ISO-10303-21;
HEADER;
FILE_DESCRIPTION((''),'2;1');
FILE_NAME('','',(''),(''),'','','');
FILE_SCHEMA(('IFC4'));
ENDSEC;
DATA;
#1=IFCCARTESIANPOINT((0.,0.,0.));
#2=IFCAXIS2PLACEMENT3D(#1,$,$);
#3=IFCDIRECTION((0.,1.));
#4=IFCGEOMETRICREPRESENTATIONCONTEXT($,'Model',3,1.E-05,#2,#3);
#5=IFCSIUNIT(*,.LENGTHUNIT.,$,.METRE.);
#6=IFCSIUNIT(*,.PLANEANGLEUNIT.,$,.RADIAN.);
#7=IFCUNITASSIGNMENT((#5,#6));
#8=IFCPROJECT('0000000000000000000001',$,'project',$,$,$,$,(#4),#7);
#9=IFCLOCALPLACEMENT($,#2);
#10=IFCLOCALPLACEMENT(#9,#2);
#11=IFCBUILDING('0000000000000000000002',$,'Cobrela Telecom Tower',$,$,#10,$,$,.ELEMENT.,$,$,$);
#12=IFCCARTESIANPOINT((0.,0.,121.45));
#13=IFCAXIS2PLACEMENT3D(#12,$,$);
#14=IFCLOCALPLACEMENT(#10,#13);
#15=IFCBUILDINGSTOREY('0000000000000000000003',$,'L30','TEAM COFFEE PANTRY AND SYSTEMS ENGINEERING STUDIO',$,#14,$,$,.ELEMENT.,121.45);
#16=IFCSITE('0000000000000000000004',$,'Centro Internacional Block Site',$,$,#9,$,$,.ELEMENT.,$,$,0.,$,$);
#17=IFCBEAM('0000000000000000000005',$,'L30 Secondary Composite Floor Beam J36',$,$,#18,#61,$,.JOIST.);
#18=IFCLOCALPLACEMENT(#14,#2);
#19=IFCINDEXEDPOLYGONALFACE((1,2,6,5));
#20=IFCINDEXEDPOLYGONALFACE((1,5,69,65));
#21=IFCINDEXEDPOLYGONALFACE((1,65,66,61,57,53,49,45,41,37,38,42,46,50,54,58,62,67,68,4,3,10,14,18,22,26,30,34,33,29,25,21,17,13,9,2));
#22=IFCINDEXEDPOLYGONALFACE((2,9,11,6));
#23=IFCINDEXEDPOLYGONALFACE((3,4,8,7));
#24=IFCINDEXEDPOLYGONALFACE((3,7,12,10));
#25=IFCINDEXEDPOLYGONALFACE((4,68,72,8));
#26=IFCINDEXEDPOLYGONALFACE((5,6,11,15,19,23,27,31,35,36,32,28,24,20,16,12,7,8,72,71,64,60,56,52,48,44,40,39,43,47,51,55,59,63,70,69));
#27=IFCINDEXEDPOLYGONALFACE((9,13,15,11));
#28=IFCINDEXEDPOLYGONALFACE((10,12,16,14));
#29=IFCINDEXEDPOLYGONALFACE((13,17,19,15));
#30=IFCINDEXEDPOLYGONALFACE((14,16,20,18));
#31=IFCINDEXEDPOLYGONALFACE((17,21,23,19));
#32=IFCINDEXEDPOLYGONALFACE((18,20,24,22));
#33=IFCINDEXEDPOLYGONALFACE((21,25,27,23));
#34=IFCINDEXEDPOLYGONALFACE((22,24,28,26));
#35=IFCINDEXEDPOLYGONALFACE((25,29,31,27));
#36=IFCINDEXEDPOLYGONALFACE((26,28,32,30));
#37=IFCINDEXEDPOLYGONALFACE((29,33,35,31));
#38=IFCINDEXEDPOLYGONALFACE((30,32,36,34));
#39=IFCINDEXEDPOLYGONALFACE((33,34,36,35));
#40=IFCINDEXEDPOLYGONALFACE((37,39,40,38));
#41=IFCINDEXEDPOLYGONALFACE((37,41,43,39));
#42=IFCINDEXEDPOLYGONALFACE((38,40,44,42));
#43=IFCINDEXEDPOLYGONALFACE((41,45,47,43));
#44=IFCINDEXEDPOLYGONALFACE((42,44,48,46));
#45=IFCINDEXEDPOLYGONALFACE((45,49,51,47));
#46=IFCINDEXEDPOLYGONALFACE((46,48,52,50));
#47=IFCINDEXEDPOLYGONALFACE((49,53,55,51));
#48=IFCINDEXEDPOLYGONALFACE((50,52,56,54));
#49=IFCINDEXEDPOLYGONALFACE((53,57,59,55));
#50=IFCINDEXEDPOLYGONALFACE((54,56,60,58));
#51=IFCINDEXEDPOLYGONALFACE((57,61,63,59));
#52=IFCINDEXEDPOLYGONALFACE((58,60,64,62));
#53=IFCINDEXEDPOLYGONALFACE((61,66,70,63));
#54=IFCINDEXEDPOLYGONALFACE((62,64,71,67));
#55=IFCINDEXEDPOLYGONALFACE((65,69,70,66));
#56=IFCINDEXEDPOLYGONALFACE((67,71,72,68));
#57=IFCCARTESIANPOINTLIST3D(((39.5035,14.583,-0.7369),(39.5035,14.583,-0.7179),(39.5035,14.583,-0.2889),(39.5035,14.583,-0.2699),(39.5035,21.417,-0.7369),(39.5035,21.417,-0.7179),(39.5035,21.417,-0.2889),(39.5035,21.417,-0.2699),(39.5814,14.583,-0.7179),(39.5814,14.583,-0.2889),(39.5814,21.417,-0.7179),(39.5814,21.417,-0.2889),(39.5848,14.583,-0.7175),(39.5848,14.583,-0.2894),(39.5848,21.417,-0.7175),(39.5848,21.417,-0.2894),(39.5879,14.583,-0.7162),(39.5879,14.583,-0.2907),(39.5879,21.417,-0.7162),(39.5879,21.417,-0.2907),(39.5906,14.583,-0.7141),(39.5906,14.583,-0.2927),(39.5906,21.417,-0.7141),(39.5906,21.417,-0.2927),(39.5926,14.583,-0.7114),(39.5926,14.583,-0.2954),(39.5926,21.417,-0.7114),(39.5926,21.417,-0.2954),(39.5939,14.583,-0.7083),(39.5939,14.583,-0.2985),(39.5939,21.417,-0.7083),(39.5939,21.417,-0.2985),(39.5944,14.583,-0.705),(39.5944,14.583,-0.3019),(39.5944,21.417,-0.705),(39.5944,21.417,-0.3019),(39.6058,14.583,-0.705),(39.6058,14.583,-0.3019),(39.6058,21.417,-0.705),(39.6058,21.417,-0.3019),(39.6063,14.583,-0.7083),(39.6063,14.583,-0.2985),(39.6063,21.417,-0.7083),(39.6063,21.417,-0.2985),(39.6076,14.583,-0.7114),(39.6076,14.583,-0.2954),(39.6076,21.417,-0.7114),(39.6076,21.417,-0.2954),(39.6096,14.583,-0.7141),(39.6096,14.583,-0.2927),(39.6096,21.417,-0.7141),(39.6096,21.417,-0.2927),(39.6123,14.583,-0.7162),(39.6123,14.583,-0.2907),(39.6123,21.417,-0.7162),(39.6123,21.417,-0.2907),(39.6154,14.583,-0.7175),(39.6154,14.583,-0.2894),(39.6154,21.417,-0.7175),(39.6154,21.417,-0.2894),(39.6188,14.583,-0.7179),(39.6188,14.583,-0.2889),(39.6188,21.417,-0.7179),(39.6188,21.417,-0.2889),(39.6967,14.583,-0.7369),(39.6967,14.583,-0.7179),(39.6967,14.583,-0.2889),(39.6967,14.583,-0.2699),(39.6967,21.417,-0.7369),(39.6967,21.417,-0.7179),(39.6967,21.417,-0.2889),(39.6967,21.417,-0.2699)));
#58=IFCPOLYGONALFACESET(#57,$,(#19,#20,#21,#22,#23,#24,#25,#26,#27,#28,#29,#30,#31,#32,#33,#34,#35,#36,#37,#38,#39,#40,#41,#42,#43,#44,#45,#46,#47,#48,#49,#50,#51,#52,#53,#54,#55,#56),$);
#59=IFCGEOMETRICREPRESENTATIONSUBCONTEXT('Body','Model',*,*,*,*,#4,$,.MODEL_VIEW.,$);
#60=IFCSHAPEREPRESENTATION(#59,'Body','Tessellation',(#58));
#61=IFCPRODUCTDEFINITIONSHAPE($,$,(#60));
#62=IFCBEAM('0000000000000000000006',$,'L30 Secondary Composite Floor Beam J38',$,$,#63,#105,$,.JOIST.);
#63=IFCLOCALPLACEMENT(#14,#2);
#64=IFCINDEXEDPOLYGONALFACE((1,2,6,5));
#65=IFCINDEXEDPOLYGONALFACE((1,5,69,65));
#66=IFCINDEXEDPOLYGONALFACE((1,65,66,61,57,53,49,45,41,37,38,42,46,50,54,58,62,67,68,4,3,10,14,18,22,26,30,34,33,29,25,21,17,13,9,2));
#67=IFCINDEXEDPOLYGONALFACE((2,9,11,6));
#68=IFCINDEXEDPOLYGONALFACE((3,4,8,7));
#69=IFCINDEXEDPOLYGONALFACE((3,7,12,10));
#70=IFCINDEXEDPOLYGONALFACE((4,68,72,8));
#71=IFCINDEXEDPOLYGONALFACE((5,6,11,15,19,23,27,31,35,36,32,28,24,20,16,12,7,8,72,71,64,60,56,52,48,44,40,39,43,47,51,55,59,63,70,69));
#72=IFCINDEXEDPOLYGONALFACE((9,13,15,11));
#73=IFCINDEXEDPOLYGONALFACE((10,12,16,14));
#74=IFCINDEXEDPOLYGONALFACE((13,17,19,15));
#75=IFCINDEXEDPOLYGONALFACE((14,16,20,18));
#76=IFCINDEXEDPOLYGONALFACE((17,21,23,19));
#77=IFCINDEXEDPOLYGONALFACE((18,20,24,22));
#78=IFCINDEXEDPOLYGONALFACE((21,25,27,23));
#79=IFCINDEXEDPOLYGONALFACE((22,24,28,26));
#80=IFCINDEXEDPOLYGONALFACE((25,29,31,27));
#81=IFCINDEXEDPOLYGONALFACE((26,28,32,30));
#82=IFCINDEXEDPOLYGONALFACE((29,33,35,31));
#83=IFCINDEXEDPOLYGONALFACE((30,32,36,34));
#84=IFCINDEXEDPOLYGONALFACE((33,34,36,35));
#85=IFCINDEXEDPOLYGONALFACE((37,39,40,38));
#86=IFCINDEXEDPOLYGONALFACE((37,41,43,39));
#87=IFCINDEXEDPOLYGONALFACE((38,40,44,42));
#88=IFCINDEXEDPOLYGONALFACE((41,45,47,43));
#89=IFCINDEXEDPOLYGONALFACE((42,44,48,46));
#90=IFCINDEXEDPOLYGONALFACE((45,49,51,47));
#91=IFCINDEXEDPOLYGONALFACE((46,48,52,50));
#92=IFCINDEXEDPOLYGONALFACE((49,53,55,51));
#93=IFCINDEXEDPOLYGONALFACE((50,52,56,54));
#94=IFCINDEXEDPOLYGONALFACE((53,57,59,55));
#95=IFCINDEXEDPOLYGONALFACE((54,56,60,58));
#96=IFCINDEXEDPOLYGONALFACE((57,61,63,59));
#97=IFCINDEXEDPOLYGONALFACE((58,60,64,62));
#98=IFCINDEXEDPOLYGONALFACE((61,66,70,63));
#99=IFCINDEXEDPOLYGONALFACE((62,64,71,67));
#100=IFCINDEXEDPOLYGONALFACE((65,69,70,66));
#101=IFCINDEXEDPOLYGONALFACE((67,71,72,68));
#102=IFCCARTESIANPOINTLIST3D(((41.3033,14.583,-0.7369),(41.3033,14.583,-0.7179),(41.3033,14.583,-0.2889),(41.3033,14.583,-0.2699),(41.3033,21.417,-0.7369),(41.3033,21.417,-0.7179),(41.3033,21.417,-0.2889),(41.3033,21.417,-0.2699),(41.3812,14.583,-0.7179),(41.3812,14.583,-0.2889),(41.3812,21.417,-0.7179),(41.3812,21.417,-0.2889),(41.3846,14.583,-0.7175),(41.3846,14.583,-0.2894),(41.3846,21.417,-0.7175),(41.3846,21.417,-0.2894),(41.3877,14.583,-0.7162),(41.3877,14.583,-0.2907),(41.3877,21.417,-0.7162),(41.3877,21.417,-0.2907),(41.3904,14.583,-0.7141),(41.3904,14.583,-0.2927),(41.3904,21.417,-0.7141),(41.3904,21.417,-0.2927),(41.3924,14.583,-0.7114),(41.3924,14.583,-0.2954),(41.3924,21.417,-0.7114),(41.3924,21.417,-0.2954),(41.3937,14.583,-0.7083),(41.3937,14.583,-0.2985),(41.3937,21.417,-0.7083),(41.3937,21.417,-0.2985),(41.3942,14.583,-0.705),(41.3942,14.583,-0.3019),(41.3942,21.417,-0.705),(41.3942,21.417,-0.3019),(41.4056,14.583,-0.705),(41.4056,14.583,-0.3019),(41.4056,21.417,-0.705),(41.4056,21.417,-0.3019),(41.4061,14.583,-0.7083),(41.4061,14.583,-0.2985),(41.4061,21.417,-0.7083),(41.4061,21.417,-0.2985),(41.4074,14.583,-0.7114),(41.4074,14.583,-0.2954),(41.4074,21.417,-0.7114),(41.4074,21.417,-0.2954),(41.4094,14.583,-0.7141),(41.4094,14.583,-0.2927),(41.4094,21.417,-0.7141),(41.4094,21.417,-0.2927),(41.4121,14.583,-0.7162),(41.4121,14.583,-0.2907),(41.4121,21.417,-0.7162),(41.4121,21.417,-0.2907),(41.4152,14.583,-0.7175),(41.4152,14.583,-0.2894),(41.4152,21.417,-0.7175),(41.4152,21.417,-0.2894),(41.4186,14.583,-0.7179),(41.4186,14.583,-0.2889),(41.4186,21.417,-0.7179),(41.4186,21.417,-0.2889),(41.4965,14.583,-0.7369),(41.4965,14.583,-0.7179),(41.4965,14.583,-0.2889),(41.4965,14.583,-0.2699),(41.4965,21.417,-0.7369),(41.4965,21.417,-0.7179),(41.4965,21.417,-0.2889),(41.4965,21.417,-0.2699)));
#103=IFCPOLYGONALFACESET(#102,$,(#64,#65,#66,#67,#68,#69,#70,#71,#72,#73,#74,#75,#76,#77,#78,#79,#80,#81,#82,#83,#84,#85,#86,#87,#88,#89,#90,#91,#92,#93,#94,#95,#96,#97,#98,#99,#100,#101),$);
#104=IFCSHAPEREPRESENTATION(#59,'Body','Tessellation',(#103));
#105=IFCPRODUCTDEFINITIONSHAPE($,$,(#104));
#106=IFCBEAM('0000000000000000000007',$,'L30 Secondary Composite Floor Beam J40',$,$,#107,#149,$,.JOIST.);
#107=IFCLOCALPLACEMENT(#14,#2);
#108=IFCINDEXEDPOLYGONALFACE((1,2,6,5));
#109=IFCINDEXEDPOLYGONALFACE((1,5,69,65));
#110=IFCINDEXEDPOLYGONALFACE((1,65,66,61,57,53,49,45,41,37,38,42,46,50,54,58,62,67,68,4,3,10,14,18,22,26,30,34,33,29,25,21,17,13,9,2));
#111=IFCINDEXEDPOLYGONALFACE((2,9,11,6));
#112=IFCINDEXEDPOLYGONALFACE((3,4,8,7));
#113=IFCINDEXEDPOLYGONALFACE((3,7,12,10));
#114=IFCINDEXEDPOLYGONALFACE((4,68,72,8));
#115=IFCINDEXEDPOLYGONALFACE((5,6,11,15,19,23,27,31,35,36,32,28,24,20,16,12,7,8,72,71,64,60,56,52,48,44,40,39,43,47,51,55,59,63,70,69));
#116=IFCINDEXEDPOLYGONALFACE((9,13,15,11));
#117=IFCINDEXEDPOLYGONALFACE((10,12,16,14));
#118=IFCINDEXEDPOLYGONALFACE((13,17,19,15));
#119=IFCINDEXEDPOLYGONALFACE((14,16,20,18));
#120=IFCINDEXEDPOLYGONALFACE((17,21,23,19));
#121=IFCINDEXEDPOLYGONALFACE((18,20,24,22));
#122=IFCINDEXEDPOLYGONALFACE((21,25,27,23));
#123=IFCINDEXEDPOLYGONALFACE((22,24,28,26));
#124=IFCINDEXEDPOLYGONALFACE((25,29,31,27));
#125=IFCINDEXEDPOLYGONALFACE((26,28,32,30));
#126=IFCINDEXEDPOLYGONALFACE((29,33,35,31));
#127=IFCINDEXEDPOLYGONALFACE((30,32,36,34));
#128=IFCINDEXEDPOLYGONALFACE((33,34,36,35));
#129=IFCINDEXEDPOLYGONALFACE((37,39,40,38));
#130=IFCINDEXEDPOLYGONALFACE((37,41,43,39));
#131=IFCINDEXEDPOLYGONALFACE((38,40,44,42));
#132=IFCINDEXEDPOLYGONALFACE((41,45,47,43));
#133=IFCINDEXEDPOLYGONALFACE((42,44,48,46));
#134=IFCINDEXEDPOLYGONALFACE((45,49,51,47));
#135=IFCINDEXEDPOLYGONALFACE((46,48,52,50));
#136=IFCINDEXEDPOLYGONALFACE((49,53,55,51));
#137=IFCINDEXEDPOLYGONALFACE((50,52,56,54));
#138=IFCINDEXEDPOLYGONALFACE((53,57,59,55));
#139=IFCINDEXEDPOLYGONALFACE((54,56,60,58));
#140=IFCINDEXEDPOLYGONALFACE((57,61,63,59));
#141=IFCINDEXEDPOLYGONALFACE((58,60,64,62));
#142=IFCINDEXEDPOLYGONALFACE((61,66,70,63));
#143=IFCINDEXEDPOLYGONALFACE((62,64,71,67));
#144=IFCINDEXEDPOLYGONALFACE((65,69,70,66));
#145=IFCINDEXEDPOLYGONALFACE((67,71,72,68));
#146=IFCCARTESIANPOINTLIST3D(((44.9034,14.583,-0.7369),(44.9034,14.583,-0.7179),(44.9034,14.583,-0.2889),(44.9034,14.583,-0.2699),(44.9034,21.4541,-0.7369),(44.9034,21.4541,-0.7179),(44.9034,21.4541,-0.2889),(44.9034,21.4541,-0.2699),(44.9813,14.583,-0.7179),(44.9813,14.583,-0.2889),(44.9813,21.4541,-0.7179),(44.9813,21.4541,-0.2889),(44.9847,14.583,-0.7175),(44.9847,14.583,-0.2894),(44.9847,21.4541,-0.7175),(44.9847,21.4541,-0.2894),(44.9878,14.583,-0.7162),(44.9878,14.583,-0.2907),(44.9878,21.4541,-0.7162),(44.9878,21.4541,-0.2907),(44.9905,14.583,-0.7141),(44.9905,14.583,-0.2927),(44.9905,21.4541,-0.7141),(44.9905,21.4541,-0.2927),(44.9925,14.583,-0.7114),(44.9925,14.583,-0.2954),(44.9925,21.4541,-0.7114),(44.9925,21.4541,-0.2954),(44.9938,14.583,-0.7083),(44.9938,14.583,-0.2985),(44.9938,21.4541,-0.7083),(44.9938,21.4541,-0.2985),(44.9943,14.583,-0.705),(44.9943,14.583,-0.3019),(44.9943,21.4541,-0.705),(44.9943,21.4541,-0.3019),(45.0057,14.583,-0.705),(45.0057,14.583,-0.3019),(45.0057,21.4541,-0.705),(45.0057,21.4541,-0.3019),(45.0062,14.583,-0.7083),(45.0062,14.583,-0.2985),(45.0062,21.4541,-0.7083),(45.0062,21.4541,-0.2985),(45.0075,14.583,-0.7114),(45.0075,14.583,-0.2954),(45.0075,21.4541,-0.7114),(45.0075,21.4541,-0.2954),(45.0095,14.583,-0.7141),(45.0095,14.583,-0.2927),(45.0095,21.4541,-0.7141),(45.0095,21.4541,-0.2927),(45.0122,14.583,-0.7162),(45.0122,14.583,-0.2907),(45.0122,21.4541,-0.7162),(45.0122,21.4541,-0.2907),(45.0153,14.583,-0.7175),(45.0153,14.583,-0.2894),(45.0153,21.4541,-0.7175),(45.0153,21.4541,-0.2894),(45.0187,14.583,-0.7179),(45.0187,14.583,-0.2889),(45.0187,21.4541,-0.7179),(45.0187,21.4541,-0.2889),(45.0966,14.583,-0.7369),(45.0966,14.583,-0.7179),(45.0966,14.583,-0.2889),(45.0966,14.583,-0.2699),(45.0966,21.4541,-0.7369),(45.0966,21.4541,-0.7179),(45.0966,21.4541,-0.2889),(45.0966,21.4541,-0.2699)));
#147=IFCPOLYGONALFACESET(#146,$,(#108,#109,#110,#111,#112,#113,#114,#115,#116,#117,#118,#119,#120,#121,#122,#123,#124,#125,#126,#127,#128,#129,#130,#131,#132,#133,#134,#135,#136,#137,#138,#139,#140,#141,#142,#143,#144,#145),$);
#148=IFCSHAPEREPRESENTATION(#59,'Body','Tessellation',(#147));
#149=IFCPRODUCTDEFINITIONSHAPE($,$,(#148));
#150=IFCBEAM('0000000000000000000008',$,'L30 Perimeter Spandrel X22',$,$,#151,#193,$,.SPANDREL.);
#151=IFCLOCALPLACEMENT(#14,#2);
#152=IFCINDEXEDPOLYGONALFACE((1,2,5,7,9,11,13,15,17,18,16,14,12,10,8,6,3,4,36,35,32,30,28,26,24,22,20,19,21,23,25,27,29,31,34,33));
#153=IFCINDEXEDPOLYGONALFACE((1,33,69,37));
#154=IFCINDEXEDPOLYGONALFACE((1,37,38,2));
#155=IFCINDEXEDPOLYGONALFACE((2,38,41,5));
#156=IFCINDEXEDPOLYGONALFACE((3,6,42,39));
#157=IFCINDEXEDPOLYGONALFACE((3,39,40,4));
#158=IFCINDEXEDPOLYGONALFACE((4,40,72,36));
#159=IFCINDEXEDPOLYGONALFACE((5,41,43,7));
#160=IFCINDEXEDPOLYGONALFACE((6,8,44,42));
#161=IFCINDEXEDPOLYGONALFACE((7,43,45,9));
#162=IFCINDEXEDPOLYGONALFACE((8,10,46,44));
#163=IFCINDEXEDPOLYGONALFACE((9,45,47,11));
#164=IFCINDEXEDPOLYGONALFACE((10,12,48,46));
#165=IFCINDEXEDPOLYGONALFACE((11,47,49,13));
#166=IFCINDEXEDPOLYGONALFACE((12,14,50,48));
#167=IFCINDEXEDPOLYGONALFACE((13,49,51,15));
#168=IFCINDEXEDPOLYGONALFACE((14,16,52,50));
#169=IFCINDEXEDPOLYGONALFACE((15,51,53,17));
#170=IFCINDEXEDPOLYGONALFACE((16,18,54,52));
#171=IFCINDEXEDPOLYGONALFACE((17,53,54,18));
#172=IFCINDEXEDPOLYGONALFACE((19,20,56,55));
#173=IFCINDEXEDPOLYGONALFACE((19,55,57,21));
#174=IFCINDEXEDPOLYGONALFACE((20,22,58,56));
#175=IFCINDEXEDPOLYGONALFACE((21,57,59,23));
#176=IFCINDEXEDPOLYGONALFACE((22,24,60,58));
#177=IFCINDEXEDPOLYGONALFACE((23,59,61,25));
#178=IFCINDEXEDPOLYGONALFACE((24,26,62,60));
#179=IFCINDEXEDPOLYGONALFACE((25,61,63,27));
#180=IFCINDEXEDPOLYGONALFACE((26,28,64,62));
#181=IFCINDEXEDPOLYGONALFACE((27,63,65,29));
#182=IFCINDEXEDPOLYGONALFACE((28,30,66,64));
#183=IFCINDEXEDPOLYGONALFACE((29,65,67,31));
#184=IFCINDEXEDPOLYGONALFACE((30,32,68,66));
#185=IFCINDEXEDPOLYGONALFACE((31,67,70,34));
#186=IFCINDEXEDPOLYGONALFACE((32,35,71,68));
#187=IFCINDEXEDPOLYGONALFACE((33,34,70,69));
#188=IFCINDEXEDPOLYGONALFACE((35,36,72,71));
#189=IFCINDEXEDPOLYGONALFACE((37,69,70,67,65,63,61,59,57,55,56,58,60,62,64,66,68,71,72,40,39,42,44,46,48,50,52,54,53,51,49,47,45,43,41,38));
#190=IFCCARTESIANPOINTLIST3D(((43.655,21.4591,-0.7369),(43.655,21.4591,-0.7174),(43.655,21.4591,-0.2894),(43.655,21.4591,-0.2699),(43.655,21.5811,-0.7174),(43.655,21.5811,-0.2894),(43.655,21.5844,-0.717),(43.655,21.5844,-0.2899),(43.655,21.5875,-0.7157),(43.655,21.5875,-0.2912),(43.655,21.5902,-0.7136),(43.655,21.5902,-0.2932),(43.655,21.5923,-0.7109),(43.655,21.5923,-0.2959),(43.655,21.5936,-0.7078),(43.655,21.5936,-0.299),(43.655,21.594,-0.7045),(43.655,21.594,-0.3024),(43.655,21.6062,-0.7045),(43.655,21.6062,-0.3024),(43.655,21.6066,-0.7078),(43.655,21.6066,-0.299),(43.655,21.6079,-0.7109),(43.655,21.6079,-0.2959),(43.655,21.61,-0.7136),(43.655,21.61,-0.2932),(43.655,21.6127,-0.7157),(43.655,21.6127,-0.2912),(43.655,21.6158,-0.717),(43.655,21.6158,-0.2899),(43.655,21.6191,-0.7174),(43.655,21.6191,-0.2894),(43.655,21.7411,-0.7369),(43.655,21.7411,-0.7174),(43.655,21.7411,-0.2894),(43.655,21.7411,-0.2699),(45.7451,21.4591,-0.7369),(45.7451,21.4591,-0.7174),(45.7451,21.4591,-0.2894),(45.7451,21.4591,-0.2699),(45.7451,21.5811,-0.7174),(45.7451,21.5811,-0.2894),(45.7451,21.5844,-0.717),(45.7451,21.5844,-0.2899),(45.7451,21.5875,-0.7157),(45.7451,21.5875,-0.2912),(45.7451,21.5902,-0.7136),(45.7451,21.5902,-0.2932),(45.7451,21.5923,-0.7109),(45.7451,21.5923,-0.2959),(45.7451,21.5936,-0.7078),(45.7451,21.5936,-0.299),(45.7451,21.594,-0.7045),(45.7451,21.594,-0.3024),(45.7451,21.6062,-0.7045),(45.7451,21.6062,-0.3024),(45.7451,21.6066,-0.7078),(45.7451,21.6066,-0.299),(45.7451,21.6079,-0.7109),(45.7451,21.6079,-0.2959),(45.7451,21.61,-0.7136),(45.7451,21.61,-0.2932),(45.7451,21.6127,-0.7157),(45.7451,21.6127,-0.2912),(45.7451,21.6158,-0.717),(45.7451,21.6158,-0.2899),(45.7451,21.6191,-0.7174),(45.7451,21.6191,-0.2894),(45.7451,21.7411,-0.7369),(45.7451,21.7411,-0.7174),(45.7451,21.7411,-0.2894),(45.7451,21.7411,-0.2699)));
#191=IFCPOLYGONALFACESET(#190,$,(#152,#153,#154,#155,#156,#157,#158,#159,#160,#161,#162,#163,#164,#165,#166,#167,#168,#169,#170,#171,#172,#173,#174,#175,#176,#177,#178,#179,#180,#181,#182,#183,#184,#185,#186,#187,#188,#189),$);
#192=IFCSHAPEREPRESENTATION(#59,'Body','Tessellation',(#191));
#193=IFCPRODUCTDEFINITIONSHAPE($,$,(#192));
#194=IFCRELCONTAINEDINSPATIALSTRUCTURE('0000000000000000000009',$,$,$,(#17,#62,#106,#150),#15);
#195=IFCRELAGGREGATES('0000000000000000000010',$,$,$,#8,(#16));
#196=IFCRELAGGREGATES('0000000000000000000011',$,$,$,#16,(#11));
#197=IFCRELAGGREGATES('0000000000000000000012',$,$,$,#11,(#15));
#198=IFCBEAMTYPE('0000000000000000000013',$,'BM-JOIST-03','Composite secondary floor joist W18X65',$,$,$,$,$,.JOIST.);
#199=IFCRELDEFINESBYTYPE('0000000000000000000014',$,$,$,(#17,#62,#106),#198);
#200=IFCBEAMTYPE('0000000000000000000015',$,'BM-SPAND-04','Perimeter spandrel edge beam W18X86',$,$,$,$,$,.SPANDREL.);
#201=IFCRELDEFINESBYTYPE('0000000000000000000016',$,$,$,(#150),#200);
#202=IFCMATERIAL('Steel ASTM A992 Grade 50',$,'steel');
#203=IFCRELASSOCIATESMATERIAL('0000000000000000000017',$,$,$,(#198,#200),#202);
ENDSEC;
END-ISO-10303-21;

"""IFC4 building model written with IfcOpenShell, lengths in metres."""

from ifc_helpers import new_model, si_unit, direction, frame, origin, origin_2d, place, context, subcontext, project, spatial, i_section, extrude, material, material_profile, profile_set, type_object, element, save


model = new_model("IFC4")

# Units and contexts
model_context = context("Model", 3, precision=1e-05, world=origin(), true_north=direction((0.0, 1.0)))
body_context = subcontext(model_context, "Body", "Model", "MODEL_VIEW")
ifc_project = project(units=[si_unit("LENGTHUNIT", "METRE"), si_unit("PLANEANGLEUNIT", "RADIAN")], contexts=[model_context])

# Site, building, storey
site_placement = place(None, origin())
site = spatial("IfcSite", under=ifc_project, at=site_placement, Name="Centro Internacional Block Site", CompositionType="ELEMENT", RefElevation=0.0)
building_placement = place(site_placement, origin())
building = spatial("IfcBuilding", under=site, at=building_placement, Name="Cobrela Telecom Tower", CompositionType="ELEMENT")
storey_placement = place(building_placement, frame((0.0, 0.0, 121.45)))
storey = spatial("IfcBuildingStorey", under=building, at=storey_placement, Name="L30", Description="TEAM COFFEE PANTRY AND SYSTEMS ENGINEERING STUDIO", CompositionType="ELEMENT", Elevation=121.45)

# Shared definitions
ifc_material_1 = material(Name="Steel ASTM A992 Grade 50", Category="steel")

# Beams
ifc_material_profile_1 = material_profile(ifc_material_1, i_section(OverallWidth=0.1931, OverallDepth=0.467, WebThickness=0.0115, FlangeThickness=0.019, FilletRadius=0.0129, at=origin_2d()), Name="W18X65")
ifc_profile_set_1 = profile_set([ifc_material_profile_1], Name="Steel ASTM A992 Grade 50")
beam_type_1 = type_object("IfcBeamType", Name="BM-JOIST-03", Description="Composite secondary floor joist W18X65", PredefinedType="JOIST", material=ifc_profile_set_1)
for number, where, z_axis, x_axis, name in (
    (1, (39.6001, 14.583, -0.5034), (0.0, 1.0, 0.0), (-1.0, 0.0, 0.0), "L30 Secondary Composite Floor Beam J36"),
    (2, (41.3999, 14.583, -0.5034), (0.0, 1.0, 0.0), (-1.0, 0.0, 0.0), "L30 Secondary Composite Floor Beam J38"),
):
    element("IfcBeam", number, at=place(storey_placement, frame(where, z_axis=z_axis, x_axis=x_axis)), inside=storey, type_object=beam_type_1, Name=name, PredefinedType="JOIST", context=body_context, shape_type="SweptSolid", body=[
        extrude(i_section(OverallWidth=0.1931, OverallDepth=0.467, WebThickness=0.0115, FlangeThickness=0.019, FilletRadius=0.0129, at=origin_2d()), origin(), (0.0, 0.0, 1.0), 6.834),
    ])
beam_1_placement = place(storey_placement, frame((45.0, 14.583, -0.5034), z_axis=(0.0, 1.0, 0.0), x_axis=(-1.0, 0.0, 0.0)))
element("IfcBeam", 3, at=beam_1_placement, inside=storey, type_object=beam_type_1, Name="L30 Secondary Composite Floor Beam J40", PredefinedType="JOIST", context=body_context, shape_type="SweptSolid", body=[
    extrude(i_section(OverallWidth=0.1931, OverallDepth=0.467, WebThickness=0.0115, FlangeThickness=0.019, FilletRadius=0.0129, at=origin_2d()), origin(), (0.0, 0.0, 1.0), 6.8711),
])
ifc_material_profile_2 = material_profile(ifc_material_1, i_section(OverallWidth=0.282, OverallDepth=0.467, WebThickness=0.0122, FlangeThickness=0.0195, FilletRadius=0.0129, at=origin_2d()), Name="W18X86")
ifc_profile_set_2 = profile_set([ifc_material_profile_2], Name="Steel ASTM A992 Grade 50")
beam_type_2 = type_object("IfcBeamType", Name="BM-SPAND-04", Description="Perimeter spandrel edge beam W18X86", PredefinedType="SPANDREL", material=ifc_profile_set_2)
beam_2_placement = place(storey_placement, frame((43.655, 21.6001, -0.5034), z_axis=(1.0, 0.0, 0.0), x_axis=(0.0, 1.0, 0.0)))
element("IfcBeam", 4, at=beam_2_placement, inside=storey, type_object=beam_type_2, Name="L30 Perimeter Spandrel X22", PredefinedType="SPANDREL", context=body_context, shape_type="SweptSolid", body=[
    extrude(i_section(OverallWidth=0.282, OverallDepth=0.467, WebThickness=0.0122, FlangeThickness=0.0195, FilletRadius=0.0129, at=origin_2d()), origin(), (0.0, 0.0, 1.0), 2.0901),
])

save(model, "model.ifc")
